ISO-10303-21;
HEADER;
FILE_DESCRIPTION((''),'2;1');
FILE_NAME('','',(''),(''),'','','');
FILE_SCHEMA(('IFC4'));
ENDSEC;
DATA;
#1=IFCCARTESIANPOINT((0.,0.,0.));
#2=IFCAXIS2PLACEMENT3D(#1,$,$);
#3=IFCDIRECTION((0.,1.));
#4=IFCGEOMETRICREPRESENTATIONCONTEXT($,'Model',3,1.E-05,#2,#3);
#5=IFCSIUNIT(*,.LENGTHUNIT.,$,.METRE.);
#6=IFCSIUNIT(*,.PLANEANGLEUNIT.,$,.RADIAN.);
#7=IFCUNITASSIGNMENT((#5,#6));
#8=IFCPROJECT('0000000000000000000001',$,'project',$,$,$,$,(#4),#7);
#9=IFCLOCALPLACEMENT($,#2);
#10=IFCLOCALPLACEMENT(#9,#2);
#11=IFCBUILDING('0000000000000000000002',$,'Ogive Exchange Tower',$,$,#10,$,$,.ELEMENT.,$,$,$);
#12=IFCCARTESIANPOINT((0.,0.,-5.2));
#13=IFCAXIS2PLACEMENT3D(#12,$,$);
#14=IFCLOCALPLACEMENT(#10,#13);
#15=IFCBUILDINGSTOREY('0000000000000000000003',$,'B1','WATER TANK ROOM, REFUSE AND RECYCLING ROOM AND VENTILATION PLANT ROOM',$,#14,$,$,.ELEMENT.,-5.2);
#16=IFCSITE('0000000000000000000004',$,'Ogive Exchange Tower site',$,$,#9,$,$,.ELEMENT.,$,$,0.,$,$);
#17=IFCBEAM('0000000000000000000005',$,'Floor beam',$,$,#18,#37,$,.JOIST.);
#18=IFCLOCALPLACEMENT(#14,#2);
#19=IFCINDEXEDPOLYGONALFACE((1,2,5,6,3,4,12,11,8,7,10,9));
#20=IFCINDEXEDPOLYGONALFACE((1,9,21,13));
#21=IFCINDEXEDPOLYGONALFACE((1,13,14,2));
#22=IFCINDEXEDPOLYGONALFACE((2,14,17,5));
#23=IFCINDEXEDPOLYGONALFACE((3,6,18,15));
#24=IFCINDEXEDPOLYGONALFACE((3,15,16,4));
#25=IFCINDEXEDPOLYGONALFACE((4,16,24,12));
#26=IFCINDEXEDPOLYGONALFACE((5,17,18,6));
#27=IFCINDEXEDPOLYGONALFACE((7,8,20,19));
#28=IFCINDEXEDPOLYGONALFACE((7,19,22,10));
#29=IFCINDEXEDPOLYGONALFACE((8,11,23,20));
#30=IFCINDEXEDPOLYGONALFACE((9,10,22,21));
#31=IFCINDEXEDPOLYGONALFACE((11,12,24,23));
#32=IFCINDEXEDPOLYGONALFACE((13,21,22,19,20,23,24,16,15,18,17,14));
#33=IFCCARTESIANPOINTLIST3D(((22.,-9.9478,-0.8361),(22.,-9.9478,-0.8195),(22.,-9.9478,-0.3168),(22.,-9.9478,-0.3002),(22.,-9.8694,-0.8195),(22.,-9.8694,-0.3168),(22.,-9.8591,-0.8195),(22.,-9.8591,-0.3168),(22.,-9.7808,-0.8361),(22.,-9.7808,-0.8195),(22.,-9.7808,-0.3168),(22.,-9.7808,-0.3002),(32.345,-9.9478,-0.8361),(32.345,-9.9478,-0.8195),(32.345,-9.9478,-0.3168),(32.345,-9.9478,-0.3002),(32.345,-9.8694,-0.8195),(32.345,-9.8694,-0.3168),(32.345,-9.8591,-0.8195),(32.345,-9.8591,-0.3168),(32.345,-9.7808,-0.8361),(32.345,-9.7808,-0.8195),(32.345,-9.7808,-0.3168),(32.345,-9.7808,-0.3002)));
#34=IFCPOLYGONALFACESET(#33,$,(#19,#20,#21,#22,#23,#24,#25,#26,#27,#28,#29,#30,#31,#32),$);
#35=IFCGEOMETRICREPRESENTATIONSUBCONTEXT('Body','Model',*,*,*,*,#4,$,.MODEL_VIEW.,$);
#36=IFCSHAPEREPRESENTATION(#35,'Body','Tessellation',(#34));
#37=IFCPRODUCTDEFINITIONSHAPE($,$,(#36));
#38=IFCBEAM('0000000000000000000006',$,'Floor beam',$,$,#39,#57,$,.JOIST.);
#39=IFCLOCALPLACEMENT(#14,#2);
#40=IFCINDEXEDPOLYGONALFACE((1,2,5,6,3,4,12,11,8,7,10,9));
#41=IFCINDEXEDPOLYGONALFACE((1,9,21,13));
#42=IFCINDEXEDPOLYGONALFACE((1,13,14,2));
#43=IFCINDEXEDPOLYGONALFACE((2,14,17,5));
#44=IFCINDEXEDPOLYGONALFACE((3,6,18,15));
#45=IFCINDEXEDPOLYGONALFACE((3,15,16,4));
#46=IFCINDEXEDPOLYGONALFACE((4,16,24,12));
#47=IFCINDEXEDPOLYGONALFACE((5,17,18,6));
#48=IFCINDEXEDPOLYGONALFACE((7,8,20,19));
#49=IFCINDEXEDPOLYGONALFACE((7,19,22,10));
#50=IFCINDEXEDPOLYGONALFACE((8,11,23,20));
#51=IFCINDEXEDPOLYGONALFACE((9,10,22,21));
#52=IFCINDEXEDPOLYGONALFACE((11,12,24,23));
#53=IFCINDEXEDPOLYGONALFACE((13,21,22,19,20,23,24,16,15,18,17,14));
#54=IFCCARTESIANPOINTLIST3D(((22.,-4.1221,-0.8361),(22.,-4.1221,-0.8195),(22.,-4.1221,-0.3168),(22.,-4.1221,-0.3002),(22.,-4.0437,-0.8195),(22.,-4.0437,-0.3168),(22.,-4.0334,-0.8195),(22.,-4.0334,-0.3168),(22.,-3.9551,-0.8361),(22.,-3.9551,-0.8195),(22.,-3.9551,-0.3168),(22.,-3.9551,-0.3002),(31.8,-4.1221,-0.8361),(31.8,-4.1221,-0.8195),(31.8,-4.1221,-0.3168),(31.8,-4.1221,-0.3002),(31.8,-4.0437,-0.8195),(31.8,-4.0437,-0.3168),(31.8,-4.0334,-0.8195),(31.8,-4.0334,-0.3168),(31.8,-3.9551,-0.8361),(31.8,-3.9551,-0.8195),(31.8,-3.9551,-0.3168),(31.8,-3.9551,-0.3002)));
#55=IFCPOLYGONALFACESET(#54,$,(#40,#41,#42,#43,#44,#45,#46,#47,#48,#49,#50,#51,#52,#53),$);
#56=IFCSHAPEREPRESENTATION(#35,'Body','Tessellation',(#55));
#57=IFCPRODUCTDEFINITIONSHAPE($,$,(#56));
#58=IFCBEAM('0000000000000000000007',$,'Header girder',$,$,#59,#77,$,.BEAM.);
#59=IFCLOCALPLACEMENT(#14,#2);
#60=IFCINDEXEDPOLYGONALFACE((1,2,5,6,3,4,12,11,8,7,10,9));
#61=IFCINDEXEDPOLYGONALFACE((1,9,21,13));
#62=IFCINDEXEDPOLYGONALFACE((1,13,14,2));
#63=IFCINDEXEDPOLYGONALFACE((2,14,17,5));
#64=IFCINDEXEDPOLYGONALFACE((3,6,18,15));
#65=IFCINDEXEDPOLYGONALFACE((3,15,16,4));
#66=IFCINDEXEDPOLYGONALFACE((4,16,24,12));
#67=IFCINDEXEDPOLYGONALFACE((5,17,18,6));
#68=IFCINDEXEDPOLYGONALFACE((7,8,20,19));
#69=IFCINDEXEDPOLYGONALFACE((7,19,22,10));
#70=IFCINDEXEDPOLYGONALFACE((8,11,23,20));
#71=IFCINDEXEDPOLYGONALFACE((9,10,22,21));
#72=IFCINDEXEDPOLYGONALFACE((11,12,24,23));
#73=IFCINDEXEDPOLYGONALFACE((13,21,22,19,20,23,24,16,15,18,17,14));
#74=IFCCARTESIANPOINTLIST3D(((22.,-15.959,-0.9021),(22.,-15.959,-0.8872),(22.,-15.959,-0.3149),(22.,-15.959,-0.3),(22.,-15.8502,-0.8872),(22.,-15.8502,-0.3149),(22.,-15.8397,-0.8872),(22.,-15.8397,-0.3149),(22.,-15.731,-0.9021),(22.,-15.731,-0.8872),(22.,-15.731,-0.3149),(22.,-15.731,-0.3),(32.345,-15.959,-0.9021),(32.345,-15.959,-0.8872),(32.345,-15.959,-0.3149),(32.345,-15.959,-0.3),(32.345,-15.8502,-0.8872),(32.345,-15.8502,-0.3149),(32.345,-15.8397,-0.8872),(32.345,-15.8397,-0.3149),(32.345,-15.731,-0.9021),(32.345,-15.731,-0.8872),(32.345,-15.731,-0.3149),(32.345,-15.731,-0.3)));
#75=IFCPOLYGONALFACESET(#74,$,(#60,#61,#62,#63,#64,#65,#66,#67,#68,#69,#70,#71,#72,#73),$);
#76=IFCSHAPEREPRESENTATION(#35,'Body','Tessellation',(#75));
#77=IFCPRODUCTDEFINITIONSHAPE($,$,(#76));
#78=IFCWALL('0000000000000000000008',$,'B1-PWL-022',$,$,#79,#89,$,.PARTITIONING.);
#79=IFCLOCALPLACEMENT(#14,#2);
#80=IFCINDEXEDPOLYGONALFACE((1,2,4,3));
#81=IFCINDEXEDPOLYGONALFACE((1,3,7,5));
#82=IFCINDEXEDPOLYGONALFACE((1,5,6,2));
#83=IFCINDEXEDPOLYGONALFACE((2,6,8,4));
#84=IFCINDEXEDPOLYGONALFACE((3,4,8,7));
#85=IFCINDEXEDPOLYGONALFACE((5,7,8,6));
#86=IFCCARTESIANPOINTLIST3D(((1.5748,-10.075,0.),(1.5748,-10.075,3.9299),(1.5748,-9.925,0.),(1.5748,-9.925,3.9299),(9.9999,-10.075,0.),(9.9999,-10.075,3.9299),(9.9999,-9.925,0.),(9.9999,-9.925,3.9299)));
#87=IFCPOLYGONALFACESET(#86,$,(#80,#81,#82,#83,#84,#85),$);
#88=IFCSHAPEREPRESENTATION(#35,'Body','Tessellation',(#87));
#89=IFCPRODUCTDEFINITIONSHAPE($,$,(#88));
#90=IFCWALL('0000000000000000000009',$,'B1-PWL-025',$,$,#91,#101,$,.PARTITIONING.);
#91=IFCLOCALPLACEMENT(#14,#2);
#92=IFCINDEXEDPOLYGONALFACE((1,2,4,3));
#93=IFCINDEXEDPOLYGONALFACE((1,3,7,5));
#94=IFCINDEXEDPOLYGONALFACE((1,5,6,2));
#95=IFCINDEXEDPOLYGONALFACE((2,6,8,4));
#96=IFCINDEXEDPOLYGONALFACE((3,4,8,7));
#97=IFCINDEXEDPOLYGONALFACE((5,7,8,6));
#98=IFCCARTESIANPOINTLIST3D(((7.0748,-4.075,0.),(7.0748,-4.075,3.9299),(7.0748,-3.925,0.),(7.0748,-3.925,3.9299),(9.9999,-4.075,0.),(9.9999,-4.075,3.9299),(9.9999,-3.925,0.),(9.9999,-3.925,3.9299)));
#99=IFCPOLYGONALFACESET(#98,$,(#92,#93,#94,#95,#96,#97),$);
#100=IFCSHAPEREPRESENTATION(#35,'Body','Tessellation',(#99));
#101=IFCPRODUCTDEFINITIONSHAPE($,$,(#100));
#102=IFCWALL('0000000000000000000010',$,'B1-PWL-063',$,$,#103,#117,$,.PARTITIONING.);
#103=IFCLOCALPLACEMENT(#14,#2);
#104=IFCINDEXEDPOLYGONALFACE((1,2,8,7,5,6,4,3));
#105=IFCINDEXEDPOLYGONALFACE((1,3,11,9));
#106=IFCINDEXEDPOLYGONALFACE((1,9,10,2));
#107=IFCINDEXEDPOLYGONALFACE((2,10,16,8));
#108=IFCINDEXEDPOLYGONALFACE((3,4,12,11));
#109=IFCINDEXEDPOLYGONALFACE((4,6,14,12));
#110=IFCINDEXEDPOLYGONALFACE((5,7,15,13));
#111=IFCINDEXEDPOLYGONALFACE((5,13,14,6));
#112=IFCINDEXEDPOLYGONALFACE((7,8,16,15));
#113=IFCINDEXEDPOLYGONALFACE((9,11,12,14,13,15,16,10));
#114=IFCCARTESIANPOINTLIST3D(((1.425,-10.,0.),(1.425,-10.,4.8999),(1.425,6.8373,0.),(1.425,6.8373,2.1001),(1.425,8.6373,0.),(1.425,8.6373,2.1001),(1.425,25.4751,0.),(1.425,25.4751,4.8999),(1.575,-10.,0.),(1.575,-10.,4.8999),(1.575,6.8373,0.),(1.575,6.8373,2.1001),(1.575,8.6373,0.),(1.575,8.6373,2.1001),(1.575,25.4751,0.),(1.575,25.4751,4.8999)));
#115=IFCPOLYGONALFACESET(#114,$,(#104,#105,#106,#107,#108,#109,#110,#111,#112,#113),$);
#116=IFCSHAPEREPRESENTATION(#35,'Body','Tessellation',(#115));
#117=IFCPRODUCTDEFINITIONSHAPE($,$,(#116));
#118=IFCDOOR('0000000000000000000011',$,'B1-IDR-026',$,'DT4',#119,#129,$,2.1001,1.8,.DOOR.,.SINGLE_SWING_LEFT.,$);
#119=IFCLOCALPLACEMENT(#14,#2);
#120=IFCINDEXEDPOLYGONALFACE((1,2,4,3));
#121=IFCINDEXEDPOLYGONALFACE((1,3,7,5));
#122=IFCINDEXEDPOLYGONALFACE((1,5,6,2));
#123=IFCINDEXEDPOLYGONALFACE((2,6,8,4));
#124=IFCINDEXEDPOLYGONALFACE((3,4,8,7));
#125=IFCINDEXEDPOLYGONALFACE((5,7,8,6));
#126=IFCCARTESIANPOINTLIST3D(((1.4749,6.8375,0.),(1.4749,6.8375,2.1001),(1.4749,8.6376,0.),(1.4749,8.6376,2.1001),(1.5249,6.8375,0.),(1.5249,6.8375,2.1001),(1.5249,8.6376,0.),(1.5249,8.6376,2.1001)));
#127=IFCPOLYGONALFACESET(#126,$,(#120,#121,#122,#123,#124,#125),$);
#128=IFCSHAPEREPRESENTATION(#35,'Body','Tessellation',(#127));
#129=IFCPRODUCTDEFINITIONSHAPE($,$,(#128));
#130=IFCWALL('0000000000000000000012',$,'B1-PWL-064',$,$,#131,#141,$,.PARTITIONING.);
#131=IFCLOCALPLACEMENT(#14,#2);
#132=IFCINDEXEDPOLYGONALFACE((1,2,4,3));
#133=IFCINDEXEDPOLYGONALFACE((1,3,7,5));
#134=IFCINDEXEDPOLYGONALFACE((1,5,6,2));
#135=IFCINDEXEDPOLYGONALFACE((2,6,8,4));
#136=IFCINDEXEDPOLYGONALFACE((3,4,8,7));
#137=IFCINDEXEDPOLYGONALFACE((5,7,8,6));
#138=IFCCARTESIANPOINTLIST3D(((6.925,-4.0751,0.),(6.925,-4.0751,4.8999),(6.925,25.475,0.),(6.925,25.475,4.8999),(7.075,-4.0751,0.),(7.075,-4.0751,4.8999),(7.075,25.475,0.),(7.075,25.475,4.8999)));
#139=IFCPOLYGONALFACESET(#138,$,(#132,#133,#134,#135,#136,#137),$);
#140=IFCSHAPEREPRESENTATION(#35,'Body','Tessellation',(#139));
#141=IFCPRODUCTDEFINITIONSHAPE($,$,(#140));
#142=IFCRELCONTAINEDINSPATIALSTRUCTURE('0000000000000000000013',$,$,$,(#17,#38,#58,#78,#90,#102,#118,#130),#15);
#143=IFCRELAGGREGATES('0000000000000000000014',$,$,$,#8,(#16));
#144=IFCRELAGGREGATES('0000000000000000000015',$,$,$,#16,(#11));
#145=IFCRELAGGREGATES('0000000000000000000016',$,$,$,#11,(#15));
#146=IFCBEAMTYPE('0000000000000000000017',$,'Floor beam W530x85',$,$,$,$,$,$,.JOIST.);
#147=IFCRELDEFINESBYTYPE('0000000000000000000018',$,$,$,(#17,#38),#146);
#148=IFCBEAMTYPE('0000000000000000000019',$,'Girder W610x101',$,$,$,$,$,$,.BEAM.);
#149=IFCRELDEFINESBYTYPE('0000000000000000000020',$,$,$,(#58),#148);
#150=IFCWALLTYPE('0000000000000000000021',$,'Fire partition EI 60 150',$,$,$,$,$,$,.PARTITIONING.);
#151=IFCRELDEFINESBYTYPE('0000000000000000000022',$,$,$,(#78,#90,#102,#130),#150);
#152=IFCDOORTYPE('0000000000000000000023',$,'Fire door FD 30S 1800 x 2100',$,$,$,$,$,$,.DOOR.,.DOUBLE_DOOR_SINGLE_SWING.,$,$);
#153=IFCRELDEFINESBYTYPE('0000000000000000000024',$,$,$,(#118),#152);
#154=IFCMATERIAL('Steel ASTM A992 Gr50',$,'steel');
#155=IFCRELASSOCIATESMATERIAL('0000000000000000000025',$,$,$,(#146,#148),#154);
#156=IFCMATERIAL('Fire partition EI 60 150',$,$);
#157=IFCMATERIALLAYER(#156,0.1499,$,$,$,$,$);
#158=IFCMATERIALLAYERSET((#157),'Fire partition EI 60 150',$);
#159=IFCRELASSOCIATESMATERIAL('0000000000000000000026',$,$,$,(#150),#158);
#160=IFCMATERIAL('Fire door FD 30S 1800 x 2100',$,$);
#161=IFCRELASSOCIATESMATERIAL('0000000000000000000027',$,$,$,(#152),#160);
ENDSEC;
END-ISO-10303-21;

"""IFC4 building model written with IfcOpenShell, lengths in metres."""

from ifc_helpers import new_model, si_unit, direction, frame, frame_2d, origin, origin_2d, place, context, subcontext, project, spatial, rectangle, i_section, extrude, material, layer, layer_set, material_profile, profile_set, type_object, element, fill, save


model = new_model("IFC4")

# Units and contexts
model_context = context("Model", 3, precision=1e-05, world=origin(), true_north=direction((0.0, 1.0)))
body_context = subcontext(model_context, "Body", "Model", "MODEL_VIEW")
ifc_project = project(units=[si_unit("LENGTHUNIT", "METRE"), si_unit("PLANEANGLEUNIT", "RADIAN")], contexts=[model_context])

# Site, building, storey
site_placement = place(None, origin())
site = spatial("IfcSite", under=ifc_project, at=site_placement, Name="Ogive Exchange Tower site", CompositionType="ELEMENT", RefElevation=0.0)
building_placement = place(site_placement, origin())
building = spatial("IfcBuilding", under=site, at=building_placement, Name="Ogive Exchange Tower", CompositionType="ELEMENT")
storey_placement = place(building_placement, frame((0.0, 0.0, -5.2)))
storey = spatial("IfcBuildingStorey", under=building, at=storey_placement, Name="B1", Description="WATER TANK ROOM, REFUSE AND RECYCLING ROOM AND VENTILATION PLANT ROOM", CompositionType="ELEMENT", Elevation=-5.2)

# Beams
ifc_material_1 = material(Name="Steel ASTM A992 Gr50", Category="steel")
ifc_material_profile_1 = material_profile(ifc_material_1, i_section(OverallWidth=0.167, OverallDepth=0.5359, WebThickness=0.0103, FlangeThickness=0.0166, at=origin_2d()), Name="W530x85")
ifc_profile_set_1 = profile_set([ifc_material_profile_1], Name="Steel ASTM A992 Gr50")
beam_type_1 = type_object("IfcBeamType", Name="Floor beam W530x85", PredefinedType="JOIST", material=ifc_profile_set_1)
beam_1_placement = place(storey_placement, frame((22.0, -9.8643, -0.5681), z_axis=(1.0, 0.0, 0.0), x_axis=(0.0, 1.0, 0.0)))
element("IfcBeam", 1, at=beam_1_placement, inside=storey, type_object=beam_type_1, Name="Floor beam", PredefinedType="JOIST", context=body_context, shape_type="SweptSolid", body=[
    extrude(i_section(OverallWidth=0.167, OverallDepth=0.5359, WebThickness=0.0103, FlangeThickness=0.0166, at=origin_2d()), origin(), (0.0, 0.0, 1.0), 10.345),
])
beam_2_placement = place(storey_placement, frame((22.0, -4.0386, -0.5681), z_axis=(1.0, 0.0, 0.0), x_axis=(0.0, 1.0, 0.0)))
element("IfcBeam", 2, at=beam_2_placement, inside=storey, type_object=beam_type_1, Name="Floor beam", PredefinedType="JOIST", context=body_context, shape_type="SweptSolid", body=[
    extrude(i_section(OverallWidth=0.167, OverallDepth=0.5359, WebThickness=0.0103, FlangeThickness=0.0166, at=origin_2d()), origin(), (0.0, 0.0, 1.0), 9.8),
])
ifc_material_profile_2 = material_profile(ifc_material_1, i_section(OverallWidth=0.228, OverallDepth=0.6021, WebThickness=0.0105, FlangeThickness=0.0149, at=origin_2d()), Name="W610x101")
ifc_profile_set_2 = profile_set([ifc_material_profile_2], Name="Steel ASTM A992 Gr50")
beam_type_2 = type_object("IfcBeamType", Name="Girder W610x101", PredefinedType="BEAM", material=ifc_profile_set_2)
beam_3_placement = place(storey_placement, frame((22.0, -15.845, -0.6011), z_axis=(1.0, 0.0, 0.0), x_axis=(0.0, 1.0, 0.0)))
element("IfcBeam", 3, at=beam_3_placement, inside=storey, type_object=beam_type_2, Name="Header girder", PredefinedType="BEAM", context=body_context, shape_type="SweptSolid", body=[
    extrude(i_section(OverallWidth=0.228, OverallDepth=0.6021, WebThickness=0.0105, FlangeThickness=0.0149, at=origin_2d()), origin(), (0.0, 0.0, 1.0), 10.345),
])

# Walls
ifc_material_2 = material(Name="Fire partition EI 60 150")
ifc_layer_1 = layer(ifc_material_2, 0.1499)
ifc_layer_set_1 = layer_set([ifc_layer_1], Name="Fire partition EI 60 150")
wall_type_1 = type_object("IfcWallType", Name="Fire partition EI 60 150", PredefinedType="PARTITIONING", material=ifc_layer_set_1)
wall_1_placement = place(storey_placement, frame((1.575, -10.0, 0.0), z_axis=(0.0, 0.0, 1.0), x_axis=(1.0, 0.0, 0.0)))
element("IfcWall", 4, at=wall_1_placement, inside=storey, type_object=wall_type_1, Name="B1-PWL-022", PredefinedType="PARTITIONING", context=body_context, shape_type="SweptSolid", body=[
    extrude(rectangle(XDim=8.425, YDim=0.1499, at=frame_2d((4.2124, 0.0))), origin(), (0.0, 0.0, 1.0), 3.9299),
])
wall_2_placement = place(storey_placement, frame((7.075, -4.0, 0.0), z_axis=(0.0, 0.0, 1.0), x_axis=(1.0, 0.0, 0.0)))
element("IfcWall", 5, at=wall_2_placement, inside=storey, type_object=wall_type_1, Name="B1-PWL-025", PredefinedType="PARTITIONING", context=body_context, shape_type="SweptSolid", body=[
    extrude(rectangle(XDim=2.925, YDim=0.1499, at=frame_2d((1.4624, 0.0))), origin(), (0.0, 0.0, 1.0), 3.9299),
])

# Wall, opening, door
wall_3_placement = place(storey_placement, frame((1.5, -10.0, 0.0), z_axis=(0.0, 0.0, 1.0), x_axis=(0.0, 1.0, 0.0)))
wall_3 = element("IfcWall", 6, at=wall_3_placement, inside=storey, type_object=wall_type_1, Name="B1-PWL-063", PredefinedType="PARTITIONING", context=body_context, shape_type="SweptSolid", body=[
    extrude(rectangle(XDim=35.4751, YDim=0.1499, at=frame_2d((17.7375, 0.0))), origin(), (0.0, 0.0, 1.0), 4.8999),
])
opening_1_placement = place(wall_3_placement, frame((16.8374, 0.0, 0.0)))
opening_1 = element("IfcOpeningElement", 7, at=opening_1_placement, cuts=wall_3, PredefinedType="OPENING", context=body_context, shape_type="SweptSolid", body=[
    extrude(rectangle(XDim=1.8, YDim=2.1001, at=frame_2d((0.8999, 1.05))), frame((0.0, 0.085, 0.0), z_axis=(0.0, -1.0, 0.0), x_axis=(1.0, 0.0, 0.0)), (0.0, 0.0, 1.0), 0.1699),
])
ifc_material_3 = material(Name="Fire door FD 30S 1800 x 2100")
door_type_1 = type_object("IfcDoorType", Name="Fire door FD 30S 1800 x 2100", OperationType="DOUBLE_DOOR_SINGLE_SWING", PredefinedType="DOOR", material=ifc_material_3)
door_1_placement = place(opening_1_placement, frame((1.8, 0.0, 0.0), z_axis=(0.0, 0.0, 1.0), x_axis=(-1.0, 0.0, 0.0)))
door_1 = element("IfcDoor", 8, at=door_1_placement, inside=storey, type_object=door_type_1, Name="B1-IDR-026", ObjectType="DT4", OperationType="SINGLE_SWING_LEFT", OverallHeight=2.1001, OverallWidth=1.8, PredefinedType="DOOR", context=body_context, shape_type="SweptSolid", body=[
    extrude(rectangle(XDim=1.8, YDim=2.1001, at=frame_2d((0.8999, 1.05))), frame((0.0, 0.0249, 0.0), z_axis=(0.0, -1.0, 0.0), x_axis=(1.0, 0.0, 0.0)), (0.0, 0.0, 1.0), 0.05),
])
fill(opening_1, door_1)

# Wall
wall_4_placement = place(storey_placement, frame((7.0, -4.075, 0.0), z_axis=(0.0, 0.0, 1.0), x_axis=(0.0, 1.0, 0.0)))
element("IfcWall", 9, at=wall_4_placement, inside=storey, type_object=wall_type_1, Name="B1-PWL-064", PredefinedType="PARTITIONING", context=body_context, shape_type="SweptSolid", body=[
    extrude(rectangle(XDim=29.55, YDim=0.1499, at=frame_2d((14.7749, 0.0))), origin(), (0.0, 0.0, 1.0), 4.8999),
])

save(model, "model.ifc")
